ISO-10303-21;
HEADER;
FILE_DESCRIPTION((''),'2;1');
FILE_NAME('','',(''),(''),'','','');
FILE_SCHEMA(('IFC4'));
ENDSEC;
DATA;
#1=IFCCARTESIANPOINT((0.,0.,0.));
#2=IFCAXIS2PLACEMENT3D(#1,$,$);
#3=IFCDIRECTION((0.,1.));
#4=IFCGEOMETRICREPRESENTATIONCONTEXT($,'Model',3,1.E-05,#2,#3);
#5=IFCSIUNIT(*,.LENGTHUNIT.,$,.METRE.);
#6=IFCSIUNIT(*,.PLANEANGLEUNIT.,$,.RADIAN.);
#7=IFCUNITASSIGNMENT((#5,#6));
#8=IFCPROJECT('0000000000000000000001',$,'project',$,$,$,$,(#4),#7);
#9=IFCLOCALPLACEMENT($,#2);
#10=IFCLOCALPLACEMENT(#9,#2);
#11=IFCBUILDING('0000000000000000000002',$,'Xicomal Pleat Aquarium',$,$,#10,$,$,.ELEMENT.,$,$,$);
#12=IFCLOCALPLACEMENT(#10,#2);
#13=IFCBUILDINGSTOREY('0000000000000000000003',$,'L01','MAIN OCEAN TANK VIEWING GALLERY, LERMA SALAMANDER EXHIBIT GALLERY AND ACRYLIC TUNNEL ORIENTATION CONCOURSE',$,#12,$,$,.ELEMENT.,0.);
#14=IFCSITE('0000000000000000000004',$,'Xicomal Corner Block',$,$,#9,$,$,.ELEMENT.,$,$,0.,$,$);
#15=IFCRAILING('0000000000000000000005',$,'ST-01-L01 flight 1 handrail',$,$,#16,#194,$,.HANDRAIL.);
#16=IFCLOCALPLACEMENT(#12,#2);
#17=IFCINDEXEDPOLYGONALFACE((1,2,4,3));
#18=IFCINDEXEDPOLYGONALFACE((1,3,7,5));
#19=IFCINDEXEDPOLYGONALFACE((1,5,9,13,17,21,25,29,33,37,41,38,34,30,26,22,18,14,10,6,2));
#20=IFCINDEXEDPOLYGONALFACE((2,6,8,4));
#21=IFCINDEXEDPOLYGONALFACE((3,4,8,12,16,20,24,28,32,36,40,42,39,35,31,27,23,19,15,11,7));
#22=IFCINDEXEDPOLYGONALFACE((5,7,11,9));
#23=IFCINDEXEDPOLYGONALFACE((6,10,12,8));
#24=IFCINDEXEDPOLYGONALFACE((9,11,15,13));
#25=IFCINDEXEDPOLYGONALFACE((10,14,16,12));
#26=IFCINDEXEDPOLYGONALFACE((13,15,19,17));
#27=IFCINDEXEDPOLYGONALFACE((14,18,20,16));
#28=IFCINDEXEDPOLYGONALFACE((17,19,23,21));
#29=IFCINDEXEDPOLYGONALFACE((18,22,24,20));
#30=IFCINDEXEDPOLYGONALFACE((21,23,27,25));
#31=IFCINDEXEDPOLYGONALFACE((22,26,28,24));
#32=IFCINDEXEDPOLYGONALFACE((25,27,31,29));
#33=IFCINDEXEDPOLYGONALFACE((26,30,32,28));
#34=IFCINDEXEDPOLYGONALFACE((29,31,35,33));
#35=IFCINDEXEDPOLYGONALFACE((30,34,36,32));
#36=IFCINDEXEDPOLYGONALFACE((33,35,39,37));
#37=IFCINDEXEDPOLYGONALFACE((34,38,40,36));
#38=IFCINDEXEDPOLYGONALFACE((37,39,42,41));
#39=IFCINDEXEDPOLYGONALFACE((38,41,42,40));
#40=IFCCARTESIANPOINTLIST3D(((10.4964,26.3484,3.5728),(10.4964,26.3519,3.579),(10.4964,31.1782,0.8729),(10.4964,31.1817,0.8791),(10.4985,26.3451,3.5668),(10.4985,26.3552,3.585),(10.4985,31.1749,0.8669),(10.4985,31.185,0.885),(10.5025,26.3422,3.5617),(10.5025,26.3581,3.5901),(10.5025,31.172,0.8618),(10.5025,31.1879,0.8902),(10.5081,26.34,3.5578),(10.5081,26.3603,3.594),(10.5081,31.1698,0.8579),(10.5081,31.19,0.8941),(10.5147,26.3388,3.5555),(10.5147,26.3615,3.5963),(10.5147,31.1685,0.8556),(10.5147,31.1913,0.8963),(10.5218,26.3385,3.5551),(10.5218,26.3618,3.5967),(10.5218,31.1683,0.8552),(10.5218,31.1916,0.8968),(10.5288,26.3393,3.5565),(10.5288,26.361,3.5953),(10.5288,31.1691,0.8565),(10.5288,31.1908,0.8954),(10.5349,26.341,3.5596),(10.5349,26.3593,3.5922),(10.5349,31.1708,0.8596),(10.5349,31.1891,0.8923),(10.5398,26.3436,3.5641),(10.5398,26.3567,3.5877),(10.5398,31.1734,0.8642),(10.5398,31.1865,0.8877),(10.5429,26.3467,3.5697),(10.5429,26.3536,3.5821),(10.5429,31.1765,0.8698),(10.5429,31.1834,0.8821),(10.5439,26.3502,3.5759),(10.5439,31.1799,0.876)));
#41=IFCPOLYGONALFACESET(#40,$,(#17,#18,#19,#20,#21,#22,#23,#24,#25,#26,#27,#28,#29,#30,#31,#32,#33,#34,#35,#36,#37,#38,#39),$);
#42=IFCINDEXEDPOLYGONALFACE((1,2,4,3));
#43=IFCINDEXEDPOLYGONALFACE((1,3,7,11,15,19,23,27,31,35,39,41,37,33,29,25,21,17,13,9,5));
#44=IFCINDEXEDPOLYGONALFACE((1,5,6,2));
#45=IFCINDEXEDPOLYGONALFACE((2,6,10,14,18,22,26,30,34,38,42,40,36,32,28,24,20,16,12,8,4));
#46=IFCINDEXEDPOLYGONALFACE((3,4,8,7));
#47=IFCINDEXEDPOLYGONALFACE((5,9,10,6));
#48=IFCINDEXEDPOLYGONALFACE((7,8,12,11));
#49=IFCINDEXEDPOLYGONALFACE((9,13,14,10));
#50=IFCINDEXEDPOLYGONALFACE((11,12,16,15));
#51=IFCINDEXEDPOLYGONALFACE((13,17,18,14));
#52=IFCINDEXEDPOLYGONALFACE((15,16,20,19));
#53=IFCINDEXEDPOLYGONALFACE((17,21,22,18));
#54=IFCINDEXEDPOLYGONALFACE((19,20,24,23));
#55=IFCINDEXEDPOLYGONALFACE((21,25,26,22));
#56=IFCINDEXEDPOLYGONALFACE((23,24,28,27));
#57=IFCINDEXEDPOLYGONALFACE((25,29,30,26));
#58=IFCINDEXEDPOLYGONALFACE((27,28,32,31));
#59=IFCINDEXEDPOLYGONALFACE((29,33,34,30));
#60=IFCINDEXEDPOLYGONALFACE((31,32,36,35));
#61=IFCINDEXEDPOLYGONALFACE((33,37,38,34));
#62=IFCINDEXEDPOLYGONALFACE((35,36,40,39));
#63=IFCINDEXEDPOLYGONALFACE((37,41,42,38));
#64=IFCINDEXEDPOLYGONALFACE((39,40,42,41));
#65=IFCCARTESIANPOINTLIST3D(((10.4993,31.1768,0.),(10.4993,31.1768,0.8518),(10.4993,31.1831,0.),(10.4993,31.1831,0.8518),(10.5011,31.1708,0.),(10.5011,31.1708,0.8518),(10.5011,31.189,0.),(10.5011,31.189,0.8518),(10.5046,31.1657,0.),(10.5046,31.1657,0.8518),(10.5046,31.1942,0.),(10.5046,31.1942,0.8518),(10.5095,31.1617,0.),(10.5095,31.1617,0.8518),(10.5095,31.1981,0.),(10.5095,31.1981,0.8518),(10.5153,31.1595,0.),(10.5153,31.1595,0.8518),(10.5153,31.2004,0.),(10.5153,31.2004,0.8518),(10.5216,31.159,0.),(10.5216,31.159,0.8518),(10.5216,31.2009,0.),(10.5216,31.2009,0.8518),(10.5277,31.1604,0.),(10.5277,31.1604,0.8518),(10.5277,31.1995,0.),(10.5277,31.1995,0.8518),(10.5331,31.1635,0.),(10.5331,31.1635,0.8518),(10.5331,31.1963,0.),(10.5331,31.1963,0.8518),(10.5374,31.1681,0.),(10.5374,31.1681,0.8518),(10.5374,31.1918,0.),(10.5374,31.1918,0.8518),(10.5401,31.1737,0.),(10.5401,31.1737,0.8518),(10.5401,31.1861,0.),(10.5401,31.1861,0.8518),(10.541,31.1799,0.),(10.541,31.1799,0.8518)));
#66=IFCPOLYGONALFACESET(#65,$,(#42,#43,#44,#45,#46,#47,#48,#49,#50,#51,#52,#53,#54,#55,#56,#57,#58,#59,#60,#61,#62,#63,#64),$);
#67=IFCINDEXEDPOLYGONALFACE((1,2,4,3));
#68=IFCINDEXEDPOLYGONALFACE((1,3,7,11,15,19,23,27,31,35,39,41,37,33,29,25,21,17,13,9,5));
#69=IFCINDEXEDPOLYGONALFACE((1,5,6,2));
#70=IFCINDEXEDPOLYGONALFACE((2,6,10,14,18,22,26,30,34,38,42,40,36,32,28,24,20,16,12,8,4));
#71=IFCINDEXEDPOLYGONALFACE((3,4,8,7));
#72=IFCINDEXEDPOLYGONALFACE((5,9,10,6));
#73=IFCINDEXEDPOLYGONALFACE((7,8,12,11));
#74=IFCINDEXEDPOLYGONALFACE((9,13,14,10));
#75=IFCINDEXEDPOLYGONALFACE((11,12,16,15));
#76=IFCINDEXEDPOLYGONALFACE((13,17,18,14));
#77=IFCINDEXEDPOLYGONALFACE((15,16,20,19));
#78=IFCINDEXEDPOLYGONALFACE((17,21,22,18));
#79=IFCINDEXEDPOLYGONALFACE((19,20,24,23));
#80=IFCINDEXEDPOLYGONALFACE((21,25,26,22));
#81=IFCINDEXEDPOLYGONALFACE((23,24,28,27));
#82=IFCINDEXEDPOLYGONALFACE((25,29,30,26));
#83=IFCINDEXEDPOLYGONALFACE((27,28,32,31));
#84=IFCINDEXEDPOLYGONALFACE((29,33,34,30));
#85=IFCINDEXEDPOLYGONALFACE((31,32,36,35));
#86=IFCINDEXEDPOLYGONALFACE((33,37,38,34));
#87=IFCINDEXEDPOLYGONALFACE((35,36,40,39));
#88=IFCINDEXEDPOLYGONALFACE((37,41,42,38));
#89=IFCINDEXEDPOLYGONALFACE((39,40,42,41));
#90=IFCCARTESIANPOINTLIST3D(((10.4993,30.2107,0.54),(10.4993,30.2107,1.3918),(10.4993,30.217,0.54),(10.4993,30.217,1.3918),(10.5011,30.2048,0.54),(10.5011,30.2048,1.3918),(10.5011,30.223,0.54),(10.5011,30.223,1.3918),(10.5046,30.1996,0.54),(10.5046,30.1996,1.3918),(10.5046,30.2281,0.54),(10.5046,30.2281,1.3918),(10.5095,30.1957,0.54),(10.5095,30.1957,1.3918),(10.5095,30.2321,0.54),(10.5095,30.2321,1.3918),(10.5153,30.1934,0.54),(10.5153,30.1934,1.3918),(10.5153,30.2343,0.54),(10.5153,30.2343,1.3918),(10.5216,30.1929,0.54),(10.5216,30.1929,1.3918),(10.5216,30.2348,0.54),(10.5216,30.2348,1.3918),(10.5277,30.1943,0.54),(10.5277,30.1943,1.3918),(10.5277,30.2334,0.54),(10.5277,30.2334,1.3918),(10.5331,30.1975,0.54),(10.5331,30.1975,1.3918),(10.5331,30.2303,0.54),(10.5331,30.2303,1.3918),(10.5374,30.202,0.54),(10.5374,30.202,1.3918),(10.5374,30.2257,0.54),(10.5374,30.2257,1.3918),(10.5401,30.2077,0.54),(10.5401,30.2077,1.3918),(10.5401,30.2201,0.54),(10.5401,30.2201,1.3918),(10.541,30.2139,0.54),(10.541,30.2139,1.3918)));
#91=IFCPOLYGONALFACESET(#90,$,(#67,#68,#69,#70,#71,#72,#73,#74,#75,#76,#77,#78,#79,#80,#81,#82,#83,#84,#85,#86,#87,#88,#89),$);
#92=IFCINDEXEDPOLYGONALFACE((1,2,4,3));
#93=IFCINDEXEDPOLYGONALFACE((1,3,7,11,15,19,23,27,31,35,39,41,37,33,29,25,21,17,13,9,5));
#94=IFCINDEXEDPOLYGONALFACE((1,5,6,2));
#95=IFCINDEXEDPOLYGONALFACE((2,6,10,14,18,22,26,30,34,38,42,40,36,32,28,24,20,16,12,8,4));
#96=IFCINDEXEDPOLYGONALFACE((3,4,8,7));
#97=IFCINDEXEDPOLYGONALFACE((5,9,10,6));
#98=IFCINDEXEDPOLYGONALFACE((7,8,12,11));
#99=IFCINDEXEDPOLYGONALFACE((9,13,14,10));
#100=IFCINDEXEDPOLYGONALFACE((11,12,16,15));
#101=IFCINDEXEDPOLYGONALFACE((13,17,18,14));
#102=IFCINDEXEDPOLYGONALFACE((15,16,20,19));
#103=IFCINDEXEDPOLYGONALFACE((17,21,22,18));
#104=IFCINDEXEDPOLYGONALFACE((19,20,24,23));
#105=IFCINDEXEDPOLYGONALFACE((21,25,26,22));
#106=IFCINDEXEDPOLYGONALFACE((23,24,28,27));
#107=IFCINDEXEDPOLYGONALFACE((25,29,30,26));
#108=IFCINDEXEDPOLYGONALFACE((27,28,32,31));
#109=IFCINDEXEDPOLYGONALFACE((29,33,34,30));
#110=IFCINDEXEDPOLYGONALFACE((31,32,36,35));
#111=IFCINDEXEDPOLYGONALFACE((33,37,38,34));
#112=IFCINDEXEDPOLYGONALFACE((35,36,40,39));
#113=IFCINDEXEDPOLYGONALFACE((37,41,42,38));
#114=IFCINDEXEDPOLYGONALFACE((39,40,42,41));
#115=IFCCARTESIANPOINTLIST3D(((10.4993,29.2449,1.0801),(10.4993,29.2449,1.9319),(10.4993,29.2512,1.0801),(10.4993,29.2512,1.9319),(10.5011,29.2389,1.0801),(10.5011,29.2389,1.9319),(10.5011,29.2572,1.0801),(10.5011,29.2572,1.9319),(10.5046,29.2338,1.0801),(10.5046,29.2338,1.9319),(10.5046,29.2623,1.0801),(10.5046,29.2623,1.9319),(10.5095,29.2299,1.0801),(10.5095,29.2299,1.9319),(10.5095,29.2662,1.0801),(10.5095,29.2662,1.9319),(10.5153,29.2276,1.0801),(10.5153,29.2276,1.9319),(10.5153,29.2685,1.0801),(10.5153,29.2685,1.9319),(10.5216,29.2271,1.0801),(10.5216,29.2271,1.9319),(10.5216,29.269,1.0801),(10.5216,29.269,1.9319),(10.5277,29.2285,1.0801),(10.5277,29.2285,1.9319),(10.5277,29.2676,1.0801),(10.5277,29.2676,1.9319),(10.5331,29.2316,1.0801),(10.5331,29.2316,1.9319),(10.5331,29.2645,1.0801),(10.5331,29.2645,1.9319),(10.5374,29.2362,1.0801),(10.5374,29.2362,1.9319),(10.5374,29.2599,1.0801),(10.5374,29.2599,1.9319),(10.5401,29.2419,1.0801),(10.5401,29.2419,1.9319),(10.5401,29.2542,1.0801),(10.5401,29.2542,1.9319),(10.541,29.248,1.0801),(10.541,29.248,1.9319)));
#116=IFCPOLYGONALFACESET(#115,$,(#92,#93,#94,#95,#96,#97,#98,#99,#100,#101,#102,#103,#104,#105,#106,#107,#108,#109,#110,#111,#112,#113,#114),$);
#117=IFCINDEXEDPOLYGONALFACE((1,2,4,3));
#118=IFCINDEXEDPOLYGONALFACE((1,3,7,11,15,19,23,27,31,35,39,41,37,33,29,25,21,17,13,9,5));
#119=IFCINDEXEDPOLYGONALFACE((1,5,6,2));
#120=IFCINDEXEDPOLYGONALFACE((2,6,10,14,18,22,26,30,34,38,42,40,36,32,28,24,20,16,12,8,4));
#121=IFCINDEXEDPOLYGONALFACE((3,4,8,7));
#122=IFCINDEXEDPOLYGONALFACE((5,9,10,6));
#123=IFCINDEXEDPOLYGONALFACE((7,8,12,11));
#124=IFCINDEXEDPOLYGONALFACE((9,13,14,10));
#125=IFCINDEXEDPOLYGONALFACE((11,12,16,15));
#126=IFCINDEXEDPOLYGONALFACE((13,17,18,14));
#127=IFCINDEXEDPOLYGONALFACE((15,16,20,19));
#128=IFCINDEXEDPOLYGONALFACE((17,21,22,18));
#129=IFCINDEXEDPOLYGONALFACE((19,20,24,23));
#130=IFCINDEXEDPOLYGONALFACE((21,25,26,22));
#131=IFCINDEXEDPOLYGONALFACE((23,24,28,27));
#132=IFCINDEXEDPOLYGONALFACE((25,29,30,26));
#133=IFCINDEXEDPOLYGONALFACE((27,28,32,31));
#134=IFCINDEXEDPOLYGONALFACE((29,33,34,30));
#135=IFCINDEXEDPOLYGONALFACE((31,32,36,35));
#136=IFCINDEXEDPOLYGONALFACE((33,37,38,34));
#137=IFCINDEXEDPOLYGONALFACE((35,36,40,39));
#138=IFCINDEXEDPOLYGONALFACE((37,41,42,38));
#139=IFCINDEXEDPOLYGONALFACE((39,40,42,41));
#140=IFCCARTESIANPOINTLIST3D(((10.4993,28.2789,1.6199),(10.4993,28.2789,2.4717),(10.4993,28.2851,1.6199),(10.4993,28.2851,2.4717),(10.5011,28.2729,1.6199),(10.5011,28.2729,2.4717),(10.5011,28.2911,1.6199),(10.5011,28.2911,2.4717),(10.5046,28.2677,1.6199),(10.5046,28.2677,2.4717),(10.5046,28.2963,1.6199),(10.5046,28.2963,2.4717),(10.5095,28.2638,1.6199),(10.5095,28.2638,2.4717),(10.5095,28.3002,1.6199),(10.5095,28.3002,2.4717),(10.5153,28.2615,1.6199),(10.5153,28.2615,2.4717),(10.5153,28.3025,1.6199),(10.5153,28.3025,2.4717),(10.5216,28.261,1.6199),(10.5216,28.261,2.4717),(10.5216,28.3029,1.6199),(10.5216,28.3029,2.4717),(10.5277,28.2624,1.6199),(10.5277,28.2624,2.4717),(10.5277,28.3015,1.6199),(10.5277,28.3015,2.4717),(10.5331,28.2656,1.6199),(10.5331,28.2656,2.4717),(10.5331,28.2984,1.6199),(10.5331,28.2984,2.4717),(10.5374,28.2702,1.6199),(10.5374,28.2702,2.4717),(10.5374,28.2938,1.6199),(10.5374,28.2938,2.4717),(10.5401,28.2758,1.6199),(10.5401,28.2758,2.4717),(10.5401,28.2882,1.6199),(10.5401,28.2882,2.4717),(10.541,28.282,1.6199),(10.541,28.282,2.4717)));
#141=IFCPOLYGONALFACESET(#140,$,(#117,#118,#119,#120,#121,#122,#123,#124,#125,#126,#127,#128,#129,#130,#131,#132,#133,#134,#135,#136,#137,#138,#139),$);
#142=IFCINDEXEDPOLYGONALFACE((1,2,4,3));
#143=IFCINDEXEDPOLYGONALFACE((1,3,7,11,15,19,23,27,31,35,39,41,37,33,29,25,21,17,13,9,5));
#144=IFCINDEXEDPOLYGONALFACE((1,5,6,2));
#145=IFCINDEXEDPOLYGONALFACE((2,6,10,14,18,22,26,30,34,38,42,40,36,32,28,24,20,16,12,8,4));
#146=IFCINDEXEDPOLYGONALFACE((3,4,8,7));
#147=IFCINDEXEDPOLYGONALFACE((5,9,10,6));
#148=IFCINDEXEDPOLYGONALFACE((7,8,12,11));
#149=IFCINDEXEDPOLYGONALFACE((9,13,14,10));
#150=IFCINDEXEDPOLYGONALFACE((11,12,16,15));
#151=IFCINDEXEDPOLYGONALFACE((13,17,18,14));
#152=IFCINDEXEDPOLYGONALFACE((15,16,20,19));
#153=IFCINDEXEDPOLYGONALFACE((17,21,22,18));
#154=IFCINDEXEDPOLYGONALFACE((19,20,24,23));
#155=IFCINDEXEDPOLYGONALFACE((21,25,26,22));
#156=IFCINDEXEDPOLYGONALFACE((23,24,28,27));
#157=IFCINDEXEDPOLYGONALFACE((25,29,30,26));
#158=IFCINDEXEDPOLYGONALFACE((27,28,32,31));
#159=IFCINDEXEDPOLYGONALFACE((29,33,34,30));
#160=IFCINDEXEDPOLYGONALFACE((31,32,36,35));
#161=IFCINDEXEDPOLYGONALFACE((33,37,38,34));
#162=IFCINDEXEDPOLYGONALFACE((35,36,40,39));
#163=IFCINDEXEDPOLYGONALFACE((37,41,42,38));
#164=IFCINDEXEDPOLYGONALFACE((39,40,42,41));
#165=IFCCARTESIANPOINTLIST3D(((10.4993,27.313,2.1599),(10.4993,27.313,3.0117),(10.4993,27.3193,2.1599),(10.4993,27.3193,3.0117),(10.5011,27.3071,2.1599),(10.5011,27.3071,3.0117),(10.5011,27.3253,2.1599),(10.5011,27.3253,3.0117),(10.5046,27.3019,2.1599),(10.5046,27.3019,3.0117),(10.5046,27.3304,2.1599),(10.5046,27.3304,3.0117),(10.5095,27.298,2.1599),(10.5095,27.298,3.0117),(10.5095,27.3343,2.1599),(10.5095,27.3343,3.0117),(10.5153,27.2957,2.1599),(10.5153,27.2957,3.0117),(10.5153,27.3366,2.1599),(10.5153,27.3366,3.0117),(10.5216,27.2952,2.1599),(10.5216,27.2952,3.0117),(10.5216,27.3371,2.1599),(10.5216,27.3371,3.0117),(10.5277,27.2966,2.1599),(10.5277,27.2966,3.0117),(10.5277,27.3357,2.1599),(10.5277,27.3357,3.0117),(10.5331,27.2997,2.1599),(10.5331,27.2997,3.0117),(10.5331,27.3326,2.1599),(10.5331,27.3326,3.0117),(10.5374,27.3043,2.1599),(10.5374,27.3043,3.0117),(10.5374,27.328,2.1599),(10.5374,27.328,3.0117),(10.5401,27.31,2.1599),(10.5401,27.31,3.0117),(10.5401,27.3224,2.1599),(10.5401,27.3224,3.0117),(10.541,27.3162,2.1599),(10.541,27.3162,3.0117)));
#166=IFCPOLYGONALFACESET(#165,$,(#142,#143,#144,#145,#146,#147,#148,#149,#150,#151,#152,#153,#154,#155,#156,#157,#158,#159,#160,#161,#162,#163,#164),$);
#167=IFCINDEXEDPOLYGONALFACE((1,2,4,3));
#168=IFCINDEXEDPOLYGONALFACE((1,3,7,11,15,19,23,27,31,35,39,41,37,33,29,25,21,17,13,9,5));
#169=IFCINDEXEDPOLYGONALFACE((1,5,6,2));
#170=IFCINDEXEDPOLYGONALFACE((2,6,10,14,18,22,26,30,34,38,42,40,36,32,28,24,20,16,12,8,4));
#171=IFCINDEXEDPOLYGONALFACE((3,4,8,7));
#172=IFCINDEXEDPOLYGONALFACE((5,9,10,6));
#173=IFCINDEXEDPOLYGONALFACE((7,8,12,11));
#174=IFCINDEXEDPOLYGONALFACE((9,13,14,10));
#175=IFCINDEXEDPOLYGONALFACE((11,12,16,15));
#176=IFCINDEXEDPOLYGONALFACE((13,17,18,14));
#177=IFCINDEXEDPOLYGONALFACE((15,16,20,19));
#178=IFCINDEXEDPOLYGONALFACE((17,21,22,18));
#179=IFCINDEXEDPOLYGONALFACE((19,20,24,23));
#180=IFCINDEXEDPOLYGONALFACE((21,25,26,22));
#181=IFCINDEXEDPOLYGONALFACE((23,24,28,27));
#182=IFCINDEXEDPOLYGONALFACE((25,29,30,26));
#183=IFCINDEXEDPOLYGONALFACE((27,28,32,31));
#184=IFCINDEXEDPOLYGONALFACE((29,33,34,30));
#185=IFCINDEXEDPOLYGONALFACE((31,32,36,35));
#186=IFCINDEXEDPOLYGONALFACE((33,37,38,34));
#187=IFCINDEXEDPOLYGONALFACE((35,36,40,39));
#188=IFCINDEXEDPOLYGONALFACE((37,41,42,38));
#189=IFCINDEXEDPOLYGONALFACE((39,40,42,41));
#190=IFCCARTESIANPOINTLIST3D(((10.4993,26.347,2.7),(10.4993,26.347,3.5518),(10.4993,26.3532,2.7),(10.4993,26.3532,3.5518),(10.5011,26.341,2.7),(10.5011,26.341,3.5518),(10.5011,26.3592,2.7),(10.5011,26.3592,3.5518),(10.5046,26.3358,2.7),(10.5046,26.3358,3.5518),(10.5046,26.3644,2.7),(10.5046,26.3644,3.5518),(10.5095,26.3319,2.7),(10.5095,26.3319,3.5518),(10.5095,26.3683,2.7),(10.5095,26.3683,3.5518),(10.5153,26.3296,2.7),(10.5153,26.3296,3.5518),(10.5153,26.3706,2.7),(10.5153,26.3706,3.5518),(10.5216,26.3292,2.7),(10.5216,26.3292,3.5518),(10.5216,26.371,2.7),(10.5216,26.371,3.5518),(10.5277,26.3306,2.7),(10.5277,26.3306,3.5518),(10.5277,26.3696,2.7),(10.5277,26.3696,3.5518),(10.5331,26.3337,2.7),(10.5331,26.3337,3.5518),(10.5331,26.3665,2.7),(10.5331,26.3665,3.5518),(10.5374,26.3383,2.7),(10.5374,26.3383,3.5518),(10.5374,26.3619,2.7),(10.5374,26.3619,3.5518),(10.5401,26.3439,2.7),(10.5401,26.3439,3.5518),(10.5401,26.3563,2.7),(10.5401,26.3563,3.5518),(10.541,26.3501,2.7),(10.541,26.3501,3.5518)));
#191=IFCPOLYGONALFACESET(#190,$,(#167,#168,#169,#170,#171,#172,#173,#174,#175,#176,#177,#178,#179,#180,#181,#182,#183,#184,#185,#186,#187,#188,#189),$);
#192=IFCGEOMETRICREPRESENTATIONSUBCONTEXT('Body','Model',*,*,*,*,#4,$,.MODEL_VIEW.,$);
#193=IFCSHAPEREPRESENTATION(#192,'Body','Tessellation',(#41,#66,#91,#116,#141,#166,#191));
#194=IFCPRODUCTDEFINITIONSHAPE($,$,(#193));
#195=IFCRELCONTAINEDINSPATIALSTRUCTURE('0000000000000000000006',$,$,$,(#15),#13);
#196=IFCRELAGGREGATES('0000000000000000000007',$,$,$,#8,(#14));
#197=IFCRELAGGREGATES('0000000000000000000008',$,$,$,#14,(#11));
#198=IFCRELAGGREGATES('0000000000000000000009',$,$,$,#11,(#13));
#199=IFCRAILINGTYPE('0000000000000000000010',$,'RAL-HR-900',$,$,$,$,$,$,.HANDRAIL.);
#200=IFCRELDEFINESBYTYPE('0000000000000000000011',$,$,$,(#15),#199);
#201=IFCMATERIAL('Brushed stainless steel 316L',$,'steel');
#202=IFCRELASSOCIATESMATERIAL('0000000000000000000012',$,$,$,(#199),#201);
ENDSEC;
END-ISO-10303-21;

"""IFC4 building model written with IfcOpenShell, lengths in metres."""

from ifc_helpers import new_model, si_unit, direction, frame, origin, origin_2d, place, context, subcontext, project, spatial, circle, extrude, material, type_object, element, save


model = new_model("IFC4")

# Units and contexts
model_context = context("Model", 3, precision=1e-05, world=origin(), true_north=direction((0.0, 1.0)))
body_context = subcontext(model_context, "Body", "Model", "MODEL_VIEW")
ifc_project = project(units=[si_unit("LENGTHUNIT", "METRE"), si_unit("PLANEANGLEUNIT", "RADIAN")], contexts=[model_context])

# Site, building, storey
site_placement = place(None, origin())
site = spatial("IfcSite", under=ifc_project, at=site_placement, Name="Xicomal Corner Block", CompositionType="ELEMENT", RefElevation=0.0)
building_placement = place(site_placement, origin())
building = spatial("IfcBuilding", under=site, at=building_placement, Name="Xicomal Pleat Aquarium", CompositionType="ELEMENT")
storey_placement = place(building_placement, origin())
storey = spatial("IfcBuildingStorey", under=building, at=storey_placement, Name="L01", Description="MAIN OCEAN TANK VIEWING GALLERY, LERMA SALAMANDER EXHIBIT GALLERY AND ACRYLIC TUNNEL ORIENTATION CONCOURSE", CompositionType="ELEMENT", Elevation=0.0)

# Railing
ifc_material_1 = material(Name="Brushed stainless steel 316L", Category="steel")
railing_type_1 = type_object("IfcRailingType", Name="RAL-HR-900", PredefinedType="HANDRAIL", material=ifc_material_1)
railing_1_placement = place(storey_placement, frame((10.52, 31.1799, 0.0)))
element("IfcRailing", 1, at=railing_1_placement, inside=storey, type_object=railing_type_1, Name="ST-01-L01 flight 1 handrail", PredefinedType="HANDRAIL", context=body_context, shape_type="SweptSolid", body=[
    extrude(circle(Radius=0.0239, at=origin_2d()), frame((0.0, 0.0, 0.876), z_axis=(0.0, -0.872872, 0.487949), x_axis=(1.0, 0.0, 0.0)), (0.0, 0.0, 1.0), 5.5332),
    extrude(circle(Radius=0.021, at=origin_2d()), origin(), (0.0, 0.0, 1.0), 0.8518),
    extrude(circle(Radius=0.021, at=origin_2d()), frame((0.0, -0.9661, 0.54)), (0.0, 0.0, 1.0), 0.8518),
    extrude(circle(Radius=0.021, at=origin_2d()), frame((0.0, -1.9319, 1.0801)), (0.0, 0.0, 1.0), 0.8518),
    extrude(circle(Radius=0.021, at=origin_2d()), frame((0.0, -2.8979, 1.6199)), (0.0, 0.0, 1.0), 0.8518),
    extrude(circle(Radius=0.021, at=origin_2d()), frame((0.0, -3.8638, 2.1599)), (0.0, 0.0, 1.0), 0.8518),
    extrude(circle(Radius=0.021, at=origin_2d()), frame((0.0, -4.8298, 2.7)), (0.0, 0.0, 1.0), 0.8518),
])

save(model, "model.ifc")
